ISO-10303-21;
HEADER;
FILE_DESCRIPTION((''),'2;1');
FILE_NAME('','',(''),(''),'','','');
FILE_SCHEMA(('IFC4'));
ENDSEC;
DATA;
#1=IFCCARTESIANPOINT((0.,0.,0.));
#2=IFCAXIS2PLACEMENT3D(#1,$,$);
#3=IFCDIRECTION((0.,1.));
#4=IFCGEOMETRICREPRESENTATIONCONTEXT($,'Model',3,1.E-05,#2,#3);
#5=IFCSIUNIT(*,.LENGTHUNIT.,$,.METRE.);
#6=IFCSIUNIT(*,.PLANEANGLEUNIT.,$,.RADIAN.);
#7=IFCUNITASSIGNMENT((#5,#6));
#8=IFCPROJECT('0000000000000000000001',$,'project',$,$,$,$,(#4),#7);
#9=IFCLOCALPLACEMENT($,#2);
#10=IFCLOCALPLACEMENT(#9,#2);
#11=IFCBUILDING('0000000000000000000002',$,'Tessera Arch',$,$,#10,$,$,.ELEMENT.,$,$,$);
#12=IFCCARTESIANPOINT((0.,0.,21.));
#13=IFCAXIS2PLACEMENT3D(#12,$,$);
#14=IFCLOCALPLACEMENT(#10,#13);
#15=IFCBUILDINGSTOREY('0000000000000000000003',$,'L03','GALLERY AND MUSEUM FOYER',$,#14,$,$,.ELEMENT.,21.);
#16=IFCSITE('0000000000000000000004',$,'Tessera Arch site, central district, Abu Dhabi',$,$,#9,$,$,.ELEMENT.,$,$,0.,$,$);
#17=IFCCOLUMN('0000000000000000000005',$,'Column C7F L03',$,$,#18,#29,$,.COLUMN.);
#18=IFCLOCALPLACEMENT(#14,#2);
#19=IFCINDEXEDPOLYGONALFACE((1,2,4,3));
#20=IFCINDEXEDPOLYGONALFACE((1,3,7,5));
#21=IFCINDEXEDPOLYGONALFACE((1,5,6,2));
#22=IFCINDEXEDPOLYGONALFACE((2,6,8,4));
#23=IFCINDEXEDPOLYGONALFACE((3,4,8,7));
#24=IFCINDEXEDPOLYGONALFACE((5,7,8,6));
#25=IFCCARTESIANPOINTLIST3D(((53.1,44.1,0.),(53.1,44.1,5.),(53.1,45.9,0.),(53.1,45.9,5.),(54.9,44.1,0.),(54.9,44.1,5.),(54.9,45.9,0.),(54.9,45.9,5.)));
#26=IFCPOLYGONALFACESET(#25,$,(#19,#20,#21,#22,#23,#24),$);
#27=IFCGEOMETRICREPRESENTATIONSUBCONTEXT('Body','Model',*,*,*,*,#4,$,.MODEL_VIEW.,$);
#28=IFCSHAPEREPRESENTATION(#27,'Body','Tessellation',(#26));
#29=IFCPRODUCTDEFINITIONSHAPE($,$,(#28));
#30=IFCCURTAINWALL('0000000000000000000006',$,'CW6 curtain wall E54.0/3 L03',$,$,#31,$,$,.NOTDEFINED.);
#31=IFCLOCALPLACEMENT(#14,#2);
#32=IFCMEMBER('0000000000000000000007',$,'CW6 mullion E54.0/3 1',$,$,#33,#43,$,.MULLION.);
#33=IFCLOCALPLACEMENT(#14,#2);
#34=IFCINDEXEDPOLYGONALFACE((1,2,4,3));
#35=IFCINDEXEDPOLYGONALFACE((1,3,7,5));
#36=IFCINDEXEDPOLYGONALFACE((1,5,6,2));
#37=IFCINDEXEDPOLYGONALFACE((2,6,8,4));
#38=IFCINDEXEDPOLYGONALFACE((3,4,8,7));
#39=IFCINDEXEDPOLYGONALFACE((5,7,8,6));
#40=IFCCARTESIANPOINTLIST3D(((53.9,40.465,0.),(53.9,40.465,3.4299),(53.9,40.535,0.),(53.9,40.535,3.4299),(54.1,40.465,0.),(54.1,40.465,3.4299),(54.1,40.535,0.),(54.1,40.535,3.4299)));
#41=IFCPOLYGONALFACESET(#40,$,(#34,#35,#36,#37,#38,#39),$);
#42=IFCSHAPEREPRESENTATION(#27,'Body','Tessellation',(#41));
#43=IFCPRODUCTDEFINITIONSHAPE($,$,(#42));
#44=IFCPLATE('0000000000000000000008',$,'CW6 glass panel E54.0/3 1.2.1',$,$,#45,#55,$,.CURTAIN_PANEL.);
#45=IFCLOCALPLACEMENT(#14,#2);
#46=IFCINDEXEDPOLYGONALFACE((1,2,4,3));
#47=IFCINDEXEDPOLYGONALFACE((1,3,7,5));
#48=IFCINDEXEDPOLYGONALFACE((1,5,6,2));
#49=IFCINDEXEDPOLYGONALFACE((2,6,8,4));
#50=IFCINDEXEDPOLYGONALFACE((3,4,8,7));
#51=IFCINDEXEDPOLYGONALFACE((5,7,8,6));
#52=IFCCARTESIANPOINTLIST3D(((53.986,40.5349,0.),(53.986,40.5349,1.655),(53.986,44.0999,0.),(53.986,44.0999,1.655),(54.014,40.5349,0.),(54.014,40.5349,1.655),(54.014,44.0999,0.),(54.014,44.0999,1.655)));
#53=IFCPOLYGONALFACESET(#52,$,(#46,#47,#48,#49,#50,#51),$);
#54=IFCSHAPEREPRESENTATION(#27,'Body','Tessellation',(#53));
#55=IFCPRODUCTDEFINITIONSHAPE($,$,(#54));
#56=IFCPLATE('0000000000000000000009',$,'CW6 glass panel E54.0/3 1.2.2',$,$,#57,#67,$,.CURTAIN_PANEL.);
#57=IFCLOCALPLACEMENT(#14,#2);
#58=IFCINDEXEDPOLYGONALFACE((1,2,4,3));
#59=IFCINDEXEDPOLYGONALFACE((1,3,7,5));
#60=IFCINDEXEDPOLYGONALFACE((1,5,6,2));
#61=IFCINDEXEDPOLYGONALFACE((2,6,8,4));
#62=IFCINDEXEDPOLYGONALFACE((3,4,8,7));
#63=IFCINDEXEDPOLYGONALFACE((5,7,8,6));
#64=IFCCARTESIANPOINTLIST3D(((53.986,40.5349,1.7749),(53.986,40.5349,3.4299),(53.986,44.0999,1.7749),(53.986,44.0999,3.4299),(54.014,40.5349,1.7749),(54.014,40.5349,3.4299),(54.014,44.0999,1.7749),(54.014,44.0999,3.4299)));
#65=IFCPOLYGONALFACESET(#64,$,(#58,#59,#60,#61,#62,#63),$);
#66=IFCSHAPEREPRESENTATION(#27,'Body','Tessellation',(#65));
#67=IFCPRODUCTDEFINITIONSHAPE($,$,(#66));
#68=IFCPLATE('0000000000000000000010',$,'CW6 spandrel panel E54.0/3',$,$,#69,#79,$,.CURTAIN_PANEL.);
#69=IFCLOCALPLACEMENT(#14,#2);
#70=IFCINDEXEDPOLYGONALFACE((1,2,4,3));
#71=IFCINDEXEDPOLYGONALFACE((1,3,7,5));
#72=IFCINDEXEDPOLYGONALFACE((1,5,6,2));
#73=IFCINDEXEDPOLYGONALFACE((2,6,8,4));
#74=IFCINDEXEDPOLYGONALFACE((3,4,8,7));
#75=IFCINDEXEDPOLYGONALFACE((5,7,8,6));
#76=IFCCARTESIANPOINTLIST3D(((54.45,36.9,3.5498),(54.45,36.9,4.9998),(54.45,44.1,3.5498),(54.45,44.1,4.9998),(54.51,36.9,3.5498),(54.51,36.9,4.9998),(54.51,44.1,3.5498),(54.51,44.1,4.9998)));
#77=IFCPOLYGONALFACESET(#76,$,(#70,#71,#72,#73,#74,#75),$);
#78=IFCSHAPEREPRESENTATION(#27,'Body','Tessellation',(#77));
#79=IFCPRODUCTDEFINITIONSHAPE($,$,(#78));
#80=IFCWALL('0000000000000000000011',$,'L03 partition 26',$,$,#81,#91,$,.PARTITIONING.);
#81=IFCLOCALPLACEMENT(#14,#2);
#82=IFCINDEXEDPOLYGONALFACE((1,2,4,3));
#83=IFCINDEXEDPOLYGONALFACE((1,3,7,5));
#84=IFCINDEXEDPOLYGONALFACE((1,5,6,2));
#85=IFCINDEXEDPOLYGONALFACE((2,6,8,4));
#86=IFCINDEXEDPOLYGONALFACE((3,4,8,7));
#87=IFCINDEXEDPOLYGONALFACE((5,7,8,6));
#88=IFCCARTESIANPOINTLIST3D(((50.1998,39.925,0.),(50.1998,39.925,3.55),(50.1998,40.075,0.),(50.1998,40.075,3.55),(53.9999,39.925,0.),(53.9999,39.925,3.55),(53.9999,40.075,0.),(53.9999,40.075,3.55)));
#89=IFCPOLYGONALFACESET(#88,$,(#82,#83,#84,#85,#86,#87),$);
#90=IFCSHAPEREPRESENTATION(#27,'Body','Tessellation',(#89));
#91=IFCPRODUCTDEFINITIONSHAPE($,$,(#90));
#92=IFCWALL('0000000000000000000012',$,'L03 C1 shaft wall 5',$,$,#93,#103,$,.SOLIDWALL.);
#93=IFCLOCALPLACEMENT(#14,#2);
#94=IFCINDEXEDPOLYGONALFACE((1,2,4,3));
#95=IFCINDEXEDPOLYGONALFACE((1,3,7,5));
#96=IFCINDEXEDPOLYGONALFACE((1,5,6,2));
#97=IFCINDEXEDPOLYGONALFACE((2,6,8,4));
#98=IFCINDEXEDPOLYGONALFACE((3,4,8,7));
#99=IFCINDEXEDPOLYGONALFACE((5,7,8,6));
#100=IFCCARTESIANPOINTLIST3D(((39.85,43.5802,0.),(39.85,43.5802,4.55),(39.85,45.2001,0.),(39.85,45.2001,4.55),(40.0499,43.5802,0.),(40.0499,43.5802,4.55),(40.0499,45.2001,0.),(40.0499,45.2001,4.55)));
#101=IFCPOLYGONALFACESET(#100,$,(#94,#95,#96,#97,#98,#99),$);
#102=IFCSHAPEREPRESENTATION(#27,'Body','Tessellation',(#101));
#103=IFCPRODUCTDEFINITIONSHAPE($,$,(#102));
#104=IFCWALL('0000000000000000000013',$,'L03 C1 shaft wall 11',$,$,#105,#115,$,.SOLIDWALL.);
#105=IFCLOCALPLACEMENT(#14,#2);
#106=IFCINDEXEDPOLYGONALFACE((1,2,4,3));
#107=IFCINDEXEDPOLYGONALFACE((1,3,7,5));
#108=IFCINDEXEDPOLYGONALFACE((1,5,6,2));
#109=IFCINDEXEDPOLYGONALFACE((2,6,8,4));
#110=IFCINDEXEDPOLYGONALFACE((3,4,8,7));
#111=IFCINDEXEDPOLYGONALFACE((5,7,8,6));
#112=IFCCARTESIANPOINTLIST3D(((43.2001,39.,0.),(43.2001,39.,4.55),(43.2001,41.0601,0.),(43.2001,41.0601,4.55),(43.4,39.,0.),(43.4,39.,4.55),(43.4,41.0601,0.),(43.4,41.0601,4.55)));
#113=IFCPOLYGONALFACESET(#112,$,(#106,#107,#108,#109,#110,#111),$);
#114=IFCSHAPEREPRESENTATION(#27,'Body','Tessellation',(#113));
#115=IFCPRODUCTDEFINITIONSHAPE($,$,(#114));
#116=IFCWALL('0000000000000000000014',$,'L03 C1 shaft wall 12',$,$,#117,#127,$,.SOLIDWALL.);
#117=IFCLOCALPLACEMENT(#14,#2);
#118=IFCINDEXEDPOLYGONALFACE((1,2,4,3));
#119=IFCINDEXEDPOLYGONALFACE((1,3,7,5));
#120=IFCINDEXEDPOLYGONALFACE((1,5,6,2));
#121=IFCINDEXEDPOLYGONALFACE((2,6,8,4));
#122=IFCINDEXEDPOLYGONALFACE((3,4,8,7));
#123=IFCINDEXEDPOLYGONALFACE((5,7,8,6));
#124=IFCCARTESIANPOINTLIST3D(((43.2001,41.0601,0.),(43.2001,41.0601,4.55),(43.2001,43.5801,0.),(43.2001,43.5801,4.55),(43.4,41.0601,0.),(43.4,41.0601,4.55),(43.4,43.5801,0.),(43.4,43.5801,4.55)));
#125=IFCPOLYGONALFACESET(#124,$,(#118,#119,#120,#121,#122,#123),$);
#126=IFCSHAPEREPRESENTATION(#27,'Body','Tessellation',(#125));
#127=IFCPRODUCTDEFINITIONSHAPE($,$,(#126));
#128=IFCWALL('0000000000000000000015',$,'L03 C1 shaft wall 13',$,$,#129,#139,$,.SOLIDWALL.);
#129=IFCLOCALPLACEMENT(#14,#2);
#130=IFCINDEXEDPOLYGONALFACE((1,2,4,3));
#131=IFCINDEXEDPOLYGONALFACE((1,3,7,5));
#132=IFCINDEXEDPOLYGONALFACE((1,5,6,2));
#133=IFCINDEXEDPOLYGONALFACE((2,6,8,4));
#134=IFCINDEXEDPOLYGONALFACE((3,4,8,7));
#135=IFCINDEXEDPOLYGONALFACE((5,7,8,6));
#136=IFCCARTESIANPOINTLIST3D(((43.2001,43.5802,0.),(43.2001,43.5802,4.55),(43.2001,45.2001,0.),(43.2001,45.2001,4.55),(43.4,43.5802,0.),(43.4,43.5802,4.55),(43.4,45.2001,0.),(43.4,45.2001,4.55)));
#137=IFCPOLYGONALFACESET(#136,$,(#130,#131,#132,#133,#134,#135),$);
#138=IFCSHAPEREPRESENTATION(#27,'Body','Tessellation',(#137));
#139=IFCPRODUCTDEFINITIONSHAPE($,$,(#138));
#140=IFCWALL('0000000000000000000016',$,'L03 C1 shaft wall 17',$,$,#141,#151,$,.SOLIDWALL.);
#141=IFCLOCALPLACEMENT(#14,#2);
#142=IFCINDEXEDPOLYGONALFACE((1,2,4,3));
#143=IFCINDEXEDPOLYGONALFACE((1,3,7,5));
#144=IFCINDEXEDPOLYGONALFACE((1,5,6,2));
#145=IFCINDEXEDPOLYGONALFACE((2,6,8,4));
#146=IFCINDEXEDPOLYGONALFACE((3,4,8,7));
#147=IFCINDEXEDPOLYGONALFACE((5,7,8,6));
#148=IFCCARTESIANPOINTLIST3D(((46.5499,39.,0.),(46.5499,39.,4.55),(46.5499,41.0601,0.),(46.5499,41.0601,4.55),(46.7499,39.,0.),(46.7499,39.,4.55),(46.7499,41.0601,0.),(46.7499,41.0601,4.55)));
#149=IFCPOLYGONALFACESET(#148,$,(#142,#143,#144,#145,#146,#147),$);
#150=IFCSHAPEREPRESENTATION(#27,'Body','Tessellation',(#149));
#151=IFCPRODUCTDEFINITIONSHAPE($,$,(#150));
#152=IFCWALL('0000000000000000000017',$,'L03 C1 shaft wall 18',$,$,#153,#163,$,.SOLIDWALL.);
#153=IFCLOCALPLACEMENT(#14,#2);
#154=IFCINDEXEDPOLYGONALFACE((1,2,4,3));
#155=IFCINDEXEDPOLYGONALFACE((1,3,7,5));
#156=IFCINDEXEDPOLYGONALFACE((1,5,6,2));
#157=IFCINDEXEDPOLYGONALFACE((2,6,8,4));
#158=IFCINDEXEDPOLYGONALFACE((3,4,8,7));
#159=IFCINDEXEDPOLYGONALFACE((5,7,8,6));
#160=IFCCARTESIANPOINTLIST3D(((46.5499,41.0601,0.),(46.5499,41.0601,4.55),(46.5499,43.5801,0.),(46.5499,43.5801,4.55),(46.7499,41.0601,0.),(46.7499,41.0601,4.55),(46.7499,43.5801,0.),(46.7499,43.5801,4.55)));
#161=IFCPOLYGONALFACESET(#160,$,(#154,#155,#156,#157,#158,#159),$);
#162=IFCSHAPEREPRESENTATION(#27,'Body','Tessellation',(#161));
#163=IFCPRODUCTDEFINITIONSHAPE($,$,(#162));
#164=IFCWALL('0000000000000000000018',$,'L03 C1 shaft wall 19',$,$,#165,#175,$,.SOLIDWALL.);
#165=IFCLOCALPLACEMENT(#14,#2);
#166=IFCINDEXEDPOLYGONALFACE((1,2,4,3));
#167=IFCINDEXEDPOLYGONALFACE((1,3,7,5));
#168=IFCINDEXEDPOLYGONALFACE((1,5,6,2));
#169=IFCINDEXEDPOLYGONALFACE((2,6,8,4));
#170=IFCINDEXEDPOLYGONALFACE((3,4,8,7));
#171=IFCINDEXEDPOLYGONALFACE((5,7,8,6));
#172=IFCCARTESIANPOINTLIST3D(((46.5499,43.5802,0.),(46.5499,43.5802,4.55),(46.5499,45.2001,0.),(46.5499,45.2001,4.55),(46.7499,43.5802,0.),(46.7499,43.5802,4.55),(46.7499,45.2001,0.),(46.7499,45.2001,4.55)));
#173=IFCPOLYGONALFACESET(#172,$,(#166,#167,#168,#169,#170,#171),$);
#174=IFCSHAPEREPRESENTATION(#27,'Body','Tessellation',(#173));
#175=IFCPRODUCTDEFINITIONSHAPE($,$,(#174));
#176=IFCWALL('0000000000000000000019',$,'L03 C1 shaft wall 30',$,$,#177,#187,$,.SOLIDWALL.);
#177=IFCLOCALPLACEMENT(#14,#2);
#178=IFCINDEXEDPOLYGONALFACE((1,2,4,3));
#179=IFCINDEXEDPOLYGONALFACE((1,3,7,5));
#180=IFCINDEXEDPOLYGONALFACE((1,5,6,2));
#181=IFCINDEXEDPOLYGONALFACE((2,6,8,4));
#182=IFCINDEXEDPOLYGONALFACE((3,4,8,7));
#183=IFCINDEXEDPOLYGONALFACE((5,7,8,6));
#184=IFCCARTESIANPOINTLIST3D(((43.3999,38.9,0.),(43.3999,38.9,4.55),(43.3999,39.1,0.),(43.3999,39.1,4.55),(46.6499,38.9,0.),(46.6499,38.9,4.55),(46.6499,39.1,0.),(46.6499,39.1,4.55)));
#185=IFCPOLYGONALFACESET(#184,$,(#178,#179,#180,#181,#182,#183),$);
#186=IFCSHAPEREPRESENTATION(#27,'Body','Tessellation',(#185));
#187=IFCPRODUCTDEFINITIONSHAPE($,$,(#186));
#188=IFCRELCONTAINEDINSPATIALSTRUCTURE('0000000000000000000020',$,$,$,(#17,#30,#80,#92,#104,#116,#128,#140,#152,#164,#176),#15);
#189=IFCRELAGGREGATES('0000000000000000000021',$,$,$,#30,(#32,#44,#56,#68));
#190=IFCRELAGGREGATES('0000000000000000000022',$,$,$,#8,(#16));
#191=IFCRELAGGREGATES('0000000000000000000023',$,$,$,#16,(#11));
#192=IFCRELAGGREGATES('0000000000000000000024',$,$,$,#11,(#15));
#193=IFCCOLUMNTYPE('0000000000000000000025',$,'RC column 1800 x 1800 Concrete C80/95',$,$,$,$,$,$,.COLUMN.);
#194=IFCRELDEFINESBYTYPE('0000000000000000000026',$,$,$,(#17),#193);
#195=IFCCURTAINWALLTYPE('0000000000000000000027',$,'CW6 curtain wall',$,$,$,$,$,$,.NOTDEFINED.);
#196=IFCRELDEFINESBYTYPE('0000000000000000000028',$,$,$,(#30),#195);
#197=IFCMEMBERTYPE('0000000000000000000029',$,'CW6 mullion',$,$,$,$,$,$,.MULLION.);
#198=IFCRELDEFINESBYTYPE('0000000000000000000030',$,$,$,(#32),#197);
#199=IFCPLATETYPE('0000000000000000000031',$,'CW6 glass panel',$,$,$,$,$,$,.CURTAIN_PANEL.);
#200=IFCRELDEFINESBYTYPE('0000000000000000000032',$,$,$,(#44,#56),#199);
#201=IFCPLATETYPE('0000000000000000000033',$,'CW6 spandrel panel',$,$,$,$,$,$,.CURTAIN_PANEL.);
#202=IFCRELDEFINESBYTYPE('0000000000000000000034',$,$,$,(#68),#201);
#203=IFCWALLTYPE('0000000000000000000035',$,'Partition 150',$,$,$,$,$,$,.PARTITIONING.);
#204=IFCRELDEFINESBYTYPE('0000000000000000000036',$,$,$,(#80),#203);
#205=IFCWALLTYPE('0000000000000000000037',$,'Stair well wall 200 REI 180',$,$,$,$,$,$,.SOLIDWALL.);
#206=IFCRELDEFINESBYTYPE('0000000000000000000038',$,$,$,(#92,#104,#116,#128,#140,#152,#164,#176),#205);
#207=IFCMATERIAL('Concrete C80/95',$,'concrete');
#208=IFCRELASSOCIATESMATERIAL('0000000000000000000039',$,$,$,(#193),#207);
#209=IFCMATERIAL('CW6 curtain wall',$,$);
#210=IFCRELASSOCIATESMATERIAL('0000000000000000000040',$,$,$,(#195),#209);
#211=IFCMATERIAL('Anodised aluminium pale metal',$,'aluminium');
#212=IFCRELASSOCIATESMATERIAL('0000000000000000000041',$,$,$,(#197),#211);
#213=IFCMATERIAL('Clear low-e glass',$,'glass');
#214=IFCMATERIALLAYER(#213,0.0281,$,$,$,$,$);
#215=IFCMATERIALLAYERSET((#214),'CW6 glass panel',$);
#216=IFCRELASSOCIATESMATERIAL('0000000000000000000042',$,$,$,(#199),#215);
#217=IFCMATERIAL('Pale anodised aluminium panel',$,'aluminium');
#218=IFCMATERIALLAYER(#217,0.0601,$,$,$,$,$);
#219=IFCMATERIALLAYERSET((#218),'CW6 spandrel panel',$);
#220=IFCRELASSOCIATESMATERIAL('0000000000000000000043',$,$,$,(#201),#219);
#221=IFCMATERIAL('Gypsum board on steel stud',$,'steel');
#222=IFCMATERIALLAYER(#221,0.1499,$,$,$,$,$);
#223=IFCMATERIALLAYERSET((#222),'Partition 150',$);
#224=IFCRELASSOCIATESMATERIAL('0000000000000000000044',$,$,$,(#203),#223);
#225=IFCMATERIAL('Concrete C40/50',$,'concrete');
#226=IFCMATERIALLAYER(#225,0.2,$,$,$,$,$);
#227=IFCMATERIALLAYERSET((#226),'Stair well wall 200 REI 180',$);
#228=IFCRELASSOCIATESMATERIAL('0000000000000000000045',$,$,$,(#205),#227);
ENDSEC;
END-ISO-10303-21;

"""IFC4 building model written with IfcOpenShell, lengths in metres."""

from ifc_helpers import new_model, si_unit, direction, frame, frame_2d, origin, origin_2d, place, context, subcontext, project, spatial, rectangle, extrude, material, layer, layer_set, material_profile, profile_set, type_object, element, aggregate, save


model = new_model("IFC4")

# Units and contexts
model_context = context("Model", 3, precision=1e-05, world=origin(), true_north=direction((0.0, 1.0)))
body_context = subcontext(model_context, "Body", "Model", "MODEL_VIEW")
ifc_project = project(units=[si_unit("LENGTHUNIT", "METRE"), si_unit("PLANEANGLEUNIT", "RADIAN")], contexts=[model_context])

# Site, building, storey
site_placement = place(None, origin())
site = spatial("IfcSite", under=ifc_project, at=site_placement, Name="Tessera Arch site, central district, Abu Dhabi", CompositionType="ELEMENT", RefElevation=0.0)
building_placement = place(site_placement, origin())
building = spatial("IfcBuilding", under=site, at=building_placement, Name="Tessera Arch", CompositionType="ELEMENT")
storey_placement = place(building_placement, frame((0.0, 0.0, 21.0)))
storey = spatial("IfcBuildingStorey", under=building, at=storey_placement, Name="L03", Description="GALLERY AND MUSEUM FOYER", CompositionType="ELEMENT", Elevation=21.0)

# Column
ifc_material_1 = material(Name="Concrete C80/95", Category="concrete")
ifc_material_profile_1 = material_profile(ifc_material_1, rectangle(XDim=1.8, YDim=1.8, at=origin_2d()), Name="RC column 1800 x 1800 Concrete C80/95")
ifc_profile_set_1 = profile_set([ifc_material_profile_1], Name="Concrete C80/95")
column_type = type_object("IfcColumnType", Name="RC column 1800 x 1800 Concrete C80/95", PredefinedType="COLUMN", material=ifc_profile_set_1)
column_placement = place(storey_placement, frame((54.0, 45.0, 0.0), z_axis=(0.0, 0.0, 1.0), x_axis=(1.0, 0.0, 0.0)))
element("IfcColumn", 1, at=column_placement, inside=storey, type_object=column_type, Name="Column C7F L03", PredefinedType="COLUMN", context=body_context, shape_type="SweptSolid", body=[
    extrude(rectangle(XDim=1.8, YDim=1.8, at=origin_2d()), origin(), (0.0, 0.0, 1.0), 5.0),
])

# Curtain wall, member, plates
ifc_material_2 = material(Name="CW6 curtain wall")
curtain_wall_type = type_object("IfcCurtainWallType", Name="CW6 curtain wall", PredefinedType="NOTDEFINED", material=ifc_material_2)
curtain_wall_placement = place(storey_placement, origin())
curtain_wall = element("IfcCurtainWall", 2, at=curtain_wall_placement, inside=storey, type_object=curtain_wall_type, Name="CW6 curtain wall E54.0/3 L03", PredefinedType="NOTDEFINED")
ifc_material_3 = material(Name="Anodised aluminium pale metal", Category="aluminium")
ifc_material_profile_2 = material_profile(ifc_material_3, rectangle(XDim=0.2, YDim=0.0701, at=origin_2d()), Name="AL 70x200")
ifc_profile_set_2 = profile_set([ifc_material_profile_2], Name="Anodised aluminium pale metal")
member_type = type_object("IfcMemberType", Name="CW6 mullion", PredefinedType="MULLION", material=ifc_profile_set_2)
member_placement = place(storey_placement, frame((54.0, 40.5, 0.0), z_axis=(0.0, 0.0, 1.0), x_axis=(-1.0, 0.0, 0.0)))
member = element("IfcMember", 3, at=member_placement, type_object=member_type, Name="CW6 mullion E54.0/3 1", PredefinedType="MULLION", context=body_context, shape_type="SweptSolid", body=[
    extrude(rectangle(XDim=0.2, YDim=0.0701, at=origin_2d()), origin(), (0.0, 0.0, 1.0), 3.4299),
])
ifc_material_4 = material(Name="Clear low-e glass", Category="glass")
ifc_layer_1 = layer(ifc_material_4, 0.0281)
ifc_layer_set_1 = layer_set([ifc_layer_1], Name="CW6 glass panel")
plate_type_1 = type_object("IfcPlateType", Name="CW6 glass panel", PredefinedType="CURTAIN_PANEL", material=ifc_layer_set_1)
plate_1_placement = place(storey_placement, frame((54.0, 42.3174, 0.0), z_axis=(0.0, 0.0, 1.0), x_axis=(0.0, 1.0, 0.0)))
plate_1 = element("IfcPlate", 4, at=plate_1_placement, type_object=plate_type_1, Name="CW6 glass panel E54.0/3 1.2.1", PredefinedType="CURTAIN_PANEL", context=body_context, shape_type="SweptSolid", body=[
    extrude(rectangle(XDim=3.5649, YDim=0.0281, at=origin_2d()), origin(), (0.0, 0.0, 1.0), 1.655),
])
plate_2_placement = place(storey_placement, frame((54.0, 42.3174, 1.7749), z_axis=(0.0, 0.0, 1.0), x_axis=(0.0, 1.0, 0.0)))
plate_2 = element("IfcPlate", 5, at=plate_2_placement, type_object=plate_type_1, Name="CW6 glass panel E54.0/3 1.2.2", PredefinedType="CURTAIN_PANEL", context=body_context, shape_type="SweptSolid", body=[
    extrude(rectangle(XDim=3.5649, YDim=0.0281, at=origin_2d()), origin(), (0.0, 0.0, 1.0), 1.655),
])
ifc_material_5 = material(Name="Pale anodised aluminium panel", Category="aluminium")
ifc_layer_2 = layer(ifc_material_5, 0.0601)
ifc_layer_set_2 = layer_set([ifc_layer_2], Name="CW6 spandrel panel")
plate_type_2 = type_object("IfcPlateType", Name="CW6 spandrel panel", PredefinedType="CURTAIN_PANEL", material=ifc_layer_set_2)
plate_3_placement = place(storey_placement, frame((54.48, 40.5, 3.5498), z_axis=(0.0, 0.0, 1.0), x_axis=(0.0, 1.0, 0.0)))
plate_3 = element("IfcPlate", 6, at=plate_3_placement, type_object=plate_type_2, Name="CW6 spandrel panel E54.0/3", PredefinedType="CURTAIN_PANEL", context=body_context, shape_type="SweptSolid", body=[
    extrude(rectangle(XDim=7.2, YDim=0.0601, at=origin_2d()), origin(), (0.0, 0.0, 1.0), 1.45),
])
aggregate(curtain_wall, [member, plate_1, plate_2, plate_3])

# Walls
ifc_material_6 = material(Name="Gypsum board on steel stud", Category="steel")
ifc_layer_3 = layer(ifc_material_6, 0.1499)
ifc_layer_set_3 = layer_set([ifc_layer_3], Name="Partition 150")
wall_type_1 = type_object("IfcWallType", Name="Partition 150", PredefinedType="PARTITIONING", material=ifc_layer_set_3)
wall_1_placement = place(storey_placement, frame((50.2, 40.0, 0.0), z_axis=(0.0, 0.0, 1.0), x_axis=(1.0, 0.0, 0.0)))
element("IfcWall", 7, at=wall_1_placement, inside=storey, type_object=wall_type_1, Name="L03 partition 26", PredefinedType="PARTITIONING", context=body_context, shape_type="SweptSolid", body=[
    extrude(rectangle(XDim=3.8, YDim=0.1499, at=frame_2d((1.8999, 0.0))), origin(), (0.0, 0.0, 1.0), 3.55),
])
ifc_material_7 = material(Name="Concrete C40/50", Category="concrete")
ifc_layer_4 = layer(ifc_material_7, 0.2)
ifc_layer_set_4 = layer_set([ifc_layer_4], Name="Stair well wall 200 REI 180")
wall_type_2 = type_object("IfcWallType", Name="Stair well wall 200 REI 180", PredefinedType="SOLIDWALL", material=ifc_layer_set_4)
wall_2_placement = place(storey_placement, frame((39.95, 43.5801, 0.0), z_axis=(0.0, 0.0, 1.0), x_axis=(0.0, 1.0, 0.0)))
element("IfcWall", 8, at=wall_2_placement, inside=storey, type_object=wall_type_2, Name="L03 C1 shaft wall 5", PredefinedType="SOLIDWALL", context=body_context, shape_type="SweptSolid", body=[
    extrude(rectangle(XDim=1.6199, YDim=0.2, at=frame_2d((0.8101, 0.0))), origin(), (0.0, 0.0, 1.0), 4.55),
])
wall_3_placement = place(storey_placement, frame((43.3, 39.0, 0.0), z_axis=(0.0, 0.0, 1.0), x_axis=(0.0, 1.0, 0.0)))
element("IfcWall", 9, at=wall_3_placement, inside=storey, type_object=wall_type_2, Name="L03 C1 shaft wall 11", PredefinedType="SOLIDWALL", context=body_context, shape_type="SweptSolid", body=[
    extrude(rectangle(XDim=2.0601, YDim=0.2, at=frame_2d((1.03, 0.0))), origin(), (0.0, 0.0, 1.0), 4.55),
])
wall_4_placement = place(storey_placement, frame((43.3, 41.0601, 0.0), z_axis=(0.0, 0.0, 1.0), x_axis=(0.0, 1.0, 0.0)))
element("IfcWall", 10, at=wall_4_placement, inside=storey, type_object=wall_type_2, Name="L03 C1 shaft wall 12", PredefinedType="SOLIDWALL", context=body_context, shape_type="SweptSolid", body=[
    extrude(rectangle(XDim=2.52, YDim=0.2, at=frame_2d((1.26, 0.0))), origin(), (0.0, 0.0, 1.0), 4.55),
])
wall_5_placement = place(storey_placement, frame((43.3, 43.5801, 0.0), z_axis=(0.0, 0.0, 1.0), x_axis=(0.0, 1.0, 0.0)))
element("IfcWall", 11, at=wall_5_placement, inside=storey, type_object=wall_type_2, Name="L03 C1 shaft wall 13", PredefinedType="SOLIDWALL", context=body_context, shape_type="SweptSolid", body=[
    extrude(rectangle(XDim=1.6199, YDim=0.2, at=frame_2d((0.8101, 0.0))), origin(), (0.0, 0.0, 1.0), 4.55),
])
wall_6_placement = place(storey_placement, frame((46.6499, 39.0, 0.0), z_axis=(0.0, 0.0, 1.0), x_axis=(0.0, 1.0, 0.0)))
element("IfcWall", 12, at=wall_6_placement, inside=storey, type_object=wall_type_2, Name="L03 C1 shaft wall 17", PredefinedType="SOLIDWALL", context=body_context, shape_type="SweptSolid", body=[
    extrude(rectangle(XDim=2.0601, YDim=0.2, at=frame_2d((1.03, 0.0))), origin(), (0.0, 0.0, 1.0), 4.55),
])
wall_7_placement = place(storey_placement, frame((46.6499, 41.0601, 0.0), z_axis=(0.0, 0.0, 1.0), x_axis=(0.0, 1.0, 0.0)))
element("IfcWall", 13, at=wall_7_placement, inside=storey, type_object=wall_type_2, Name="L03 C1 shaft wall 18", PredefinedType="SOLIDWALL", context=body_context, shape_type="SweptSolid", body=[
    extrude(rectangle(XDim=2.52, YDim=0.2, at=frame_2d((1.26, 0.0))), origin(), (0.0, 0.0, 1.0), 4.55),
])
wall_8_placement = place(storey_placement, frame((46.6499, 43.5801, 0.0), z_axis=(0.0, 0.0, 1.0), x_axis=(0.0, 1.0, 0.0)))
element("IfcWall", 14, at=wall_8_placement, inside=storey, type_object=wall_type_2, Name="L03 C1 shaft wall 19", PredefinedType="SOLIDWALL", context=body_context, shape_type="SweptSolid", body=[
    extrude(rectangle(XDim=1.6199, YDim=0.2, at=frame_2d((0.8101, 0.0))), origin(), (0.0, 0.0, 1.0), 4.55),
])
wall_9_placement = place(storey_placement, frame((43.3999, 39.0, 0.0), z_axis=(0.0, 0.0, 1.0), x_axis=(1.0, 0.0, 0.0)))
element("IfcWall", 15, at=wall_9_placement, inside=storey, type_object=wall_type_2, Name="L03 C1 shaft wall 30", PredefinedType="SOLIDWALL", context=body_context, shape_type="SweptSolid", body=[
    extrude(rectangle(XDim=3.25, YDim=0.2, at=frame_2d((1.625, 0.0))), origin(), (0.0, 0.0, 1.0), 4.55),
])

save(model, "model.ifc")
